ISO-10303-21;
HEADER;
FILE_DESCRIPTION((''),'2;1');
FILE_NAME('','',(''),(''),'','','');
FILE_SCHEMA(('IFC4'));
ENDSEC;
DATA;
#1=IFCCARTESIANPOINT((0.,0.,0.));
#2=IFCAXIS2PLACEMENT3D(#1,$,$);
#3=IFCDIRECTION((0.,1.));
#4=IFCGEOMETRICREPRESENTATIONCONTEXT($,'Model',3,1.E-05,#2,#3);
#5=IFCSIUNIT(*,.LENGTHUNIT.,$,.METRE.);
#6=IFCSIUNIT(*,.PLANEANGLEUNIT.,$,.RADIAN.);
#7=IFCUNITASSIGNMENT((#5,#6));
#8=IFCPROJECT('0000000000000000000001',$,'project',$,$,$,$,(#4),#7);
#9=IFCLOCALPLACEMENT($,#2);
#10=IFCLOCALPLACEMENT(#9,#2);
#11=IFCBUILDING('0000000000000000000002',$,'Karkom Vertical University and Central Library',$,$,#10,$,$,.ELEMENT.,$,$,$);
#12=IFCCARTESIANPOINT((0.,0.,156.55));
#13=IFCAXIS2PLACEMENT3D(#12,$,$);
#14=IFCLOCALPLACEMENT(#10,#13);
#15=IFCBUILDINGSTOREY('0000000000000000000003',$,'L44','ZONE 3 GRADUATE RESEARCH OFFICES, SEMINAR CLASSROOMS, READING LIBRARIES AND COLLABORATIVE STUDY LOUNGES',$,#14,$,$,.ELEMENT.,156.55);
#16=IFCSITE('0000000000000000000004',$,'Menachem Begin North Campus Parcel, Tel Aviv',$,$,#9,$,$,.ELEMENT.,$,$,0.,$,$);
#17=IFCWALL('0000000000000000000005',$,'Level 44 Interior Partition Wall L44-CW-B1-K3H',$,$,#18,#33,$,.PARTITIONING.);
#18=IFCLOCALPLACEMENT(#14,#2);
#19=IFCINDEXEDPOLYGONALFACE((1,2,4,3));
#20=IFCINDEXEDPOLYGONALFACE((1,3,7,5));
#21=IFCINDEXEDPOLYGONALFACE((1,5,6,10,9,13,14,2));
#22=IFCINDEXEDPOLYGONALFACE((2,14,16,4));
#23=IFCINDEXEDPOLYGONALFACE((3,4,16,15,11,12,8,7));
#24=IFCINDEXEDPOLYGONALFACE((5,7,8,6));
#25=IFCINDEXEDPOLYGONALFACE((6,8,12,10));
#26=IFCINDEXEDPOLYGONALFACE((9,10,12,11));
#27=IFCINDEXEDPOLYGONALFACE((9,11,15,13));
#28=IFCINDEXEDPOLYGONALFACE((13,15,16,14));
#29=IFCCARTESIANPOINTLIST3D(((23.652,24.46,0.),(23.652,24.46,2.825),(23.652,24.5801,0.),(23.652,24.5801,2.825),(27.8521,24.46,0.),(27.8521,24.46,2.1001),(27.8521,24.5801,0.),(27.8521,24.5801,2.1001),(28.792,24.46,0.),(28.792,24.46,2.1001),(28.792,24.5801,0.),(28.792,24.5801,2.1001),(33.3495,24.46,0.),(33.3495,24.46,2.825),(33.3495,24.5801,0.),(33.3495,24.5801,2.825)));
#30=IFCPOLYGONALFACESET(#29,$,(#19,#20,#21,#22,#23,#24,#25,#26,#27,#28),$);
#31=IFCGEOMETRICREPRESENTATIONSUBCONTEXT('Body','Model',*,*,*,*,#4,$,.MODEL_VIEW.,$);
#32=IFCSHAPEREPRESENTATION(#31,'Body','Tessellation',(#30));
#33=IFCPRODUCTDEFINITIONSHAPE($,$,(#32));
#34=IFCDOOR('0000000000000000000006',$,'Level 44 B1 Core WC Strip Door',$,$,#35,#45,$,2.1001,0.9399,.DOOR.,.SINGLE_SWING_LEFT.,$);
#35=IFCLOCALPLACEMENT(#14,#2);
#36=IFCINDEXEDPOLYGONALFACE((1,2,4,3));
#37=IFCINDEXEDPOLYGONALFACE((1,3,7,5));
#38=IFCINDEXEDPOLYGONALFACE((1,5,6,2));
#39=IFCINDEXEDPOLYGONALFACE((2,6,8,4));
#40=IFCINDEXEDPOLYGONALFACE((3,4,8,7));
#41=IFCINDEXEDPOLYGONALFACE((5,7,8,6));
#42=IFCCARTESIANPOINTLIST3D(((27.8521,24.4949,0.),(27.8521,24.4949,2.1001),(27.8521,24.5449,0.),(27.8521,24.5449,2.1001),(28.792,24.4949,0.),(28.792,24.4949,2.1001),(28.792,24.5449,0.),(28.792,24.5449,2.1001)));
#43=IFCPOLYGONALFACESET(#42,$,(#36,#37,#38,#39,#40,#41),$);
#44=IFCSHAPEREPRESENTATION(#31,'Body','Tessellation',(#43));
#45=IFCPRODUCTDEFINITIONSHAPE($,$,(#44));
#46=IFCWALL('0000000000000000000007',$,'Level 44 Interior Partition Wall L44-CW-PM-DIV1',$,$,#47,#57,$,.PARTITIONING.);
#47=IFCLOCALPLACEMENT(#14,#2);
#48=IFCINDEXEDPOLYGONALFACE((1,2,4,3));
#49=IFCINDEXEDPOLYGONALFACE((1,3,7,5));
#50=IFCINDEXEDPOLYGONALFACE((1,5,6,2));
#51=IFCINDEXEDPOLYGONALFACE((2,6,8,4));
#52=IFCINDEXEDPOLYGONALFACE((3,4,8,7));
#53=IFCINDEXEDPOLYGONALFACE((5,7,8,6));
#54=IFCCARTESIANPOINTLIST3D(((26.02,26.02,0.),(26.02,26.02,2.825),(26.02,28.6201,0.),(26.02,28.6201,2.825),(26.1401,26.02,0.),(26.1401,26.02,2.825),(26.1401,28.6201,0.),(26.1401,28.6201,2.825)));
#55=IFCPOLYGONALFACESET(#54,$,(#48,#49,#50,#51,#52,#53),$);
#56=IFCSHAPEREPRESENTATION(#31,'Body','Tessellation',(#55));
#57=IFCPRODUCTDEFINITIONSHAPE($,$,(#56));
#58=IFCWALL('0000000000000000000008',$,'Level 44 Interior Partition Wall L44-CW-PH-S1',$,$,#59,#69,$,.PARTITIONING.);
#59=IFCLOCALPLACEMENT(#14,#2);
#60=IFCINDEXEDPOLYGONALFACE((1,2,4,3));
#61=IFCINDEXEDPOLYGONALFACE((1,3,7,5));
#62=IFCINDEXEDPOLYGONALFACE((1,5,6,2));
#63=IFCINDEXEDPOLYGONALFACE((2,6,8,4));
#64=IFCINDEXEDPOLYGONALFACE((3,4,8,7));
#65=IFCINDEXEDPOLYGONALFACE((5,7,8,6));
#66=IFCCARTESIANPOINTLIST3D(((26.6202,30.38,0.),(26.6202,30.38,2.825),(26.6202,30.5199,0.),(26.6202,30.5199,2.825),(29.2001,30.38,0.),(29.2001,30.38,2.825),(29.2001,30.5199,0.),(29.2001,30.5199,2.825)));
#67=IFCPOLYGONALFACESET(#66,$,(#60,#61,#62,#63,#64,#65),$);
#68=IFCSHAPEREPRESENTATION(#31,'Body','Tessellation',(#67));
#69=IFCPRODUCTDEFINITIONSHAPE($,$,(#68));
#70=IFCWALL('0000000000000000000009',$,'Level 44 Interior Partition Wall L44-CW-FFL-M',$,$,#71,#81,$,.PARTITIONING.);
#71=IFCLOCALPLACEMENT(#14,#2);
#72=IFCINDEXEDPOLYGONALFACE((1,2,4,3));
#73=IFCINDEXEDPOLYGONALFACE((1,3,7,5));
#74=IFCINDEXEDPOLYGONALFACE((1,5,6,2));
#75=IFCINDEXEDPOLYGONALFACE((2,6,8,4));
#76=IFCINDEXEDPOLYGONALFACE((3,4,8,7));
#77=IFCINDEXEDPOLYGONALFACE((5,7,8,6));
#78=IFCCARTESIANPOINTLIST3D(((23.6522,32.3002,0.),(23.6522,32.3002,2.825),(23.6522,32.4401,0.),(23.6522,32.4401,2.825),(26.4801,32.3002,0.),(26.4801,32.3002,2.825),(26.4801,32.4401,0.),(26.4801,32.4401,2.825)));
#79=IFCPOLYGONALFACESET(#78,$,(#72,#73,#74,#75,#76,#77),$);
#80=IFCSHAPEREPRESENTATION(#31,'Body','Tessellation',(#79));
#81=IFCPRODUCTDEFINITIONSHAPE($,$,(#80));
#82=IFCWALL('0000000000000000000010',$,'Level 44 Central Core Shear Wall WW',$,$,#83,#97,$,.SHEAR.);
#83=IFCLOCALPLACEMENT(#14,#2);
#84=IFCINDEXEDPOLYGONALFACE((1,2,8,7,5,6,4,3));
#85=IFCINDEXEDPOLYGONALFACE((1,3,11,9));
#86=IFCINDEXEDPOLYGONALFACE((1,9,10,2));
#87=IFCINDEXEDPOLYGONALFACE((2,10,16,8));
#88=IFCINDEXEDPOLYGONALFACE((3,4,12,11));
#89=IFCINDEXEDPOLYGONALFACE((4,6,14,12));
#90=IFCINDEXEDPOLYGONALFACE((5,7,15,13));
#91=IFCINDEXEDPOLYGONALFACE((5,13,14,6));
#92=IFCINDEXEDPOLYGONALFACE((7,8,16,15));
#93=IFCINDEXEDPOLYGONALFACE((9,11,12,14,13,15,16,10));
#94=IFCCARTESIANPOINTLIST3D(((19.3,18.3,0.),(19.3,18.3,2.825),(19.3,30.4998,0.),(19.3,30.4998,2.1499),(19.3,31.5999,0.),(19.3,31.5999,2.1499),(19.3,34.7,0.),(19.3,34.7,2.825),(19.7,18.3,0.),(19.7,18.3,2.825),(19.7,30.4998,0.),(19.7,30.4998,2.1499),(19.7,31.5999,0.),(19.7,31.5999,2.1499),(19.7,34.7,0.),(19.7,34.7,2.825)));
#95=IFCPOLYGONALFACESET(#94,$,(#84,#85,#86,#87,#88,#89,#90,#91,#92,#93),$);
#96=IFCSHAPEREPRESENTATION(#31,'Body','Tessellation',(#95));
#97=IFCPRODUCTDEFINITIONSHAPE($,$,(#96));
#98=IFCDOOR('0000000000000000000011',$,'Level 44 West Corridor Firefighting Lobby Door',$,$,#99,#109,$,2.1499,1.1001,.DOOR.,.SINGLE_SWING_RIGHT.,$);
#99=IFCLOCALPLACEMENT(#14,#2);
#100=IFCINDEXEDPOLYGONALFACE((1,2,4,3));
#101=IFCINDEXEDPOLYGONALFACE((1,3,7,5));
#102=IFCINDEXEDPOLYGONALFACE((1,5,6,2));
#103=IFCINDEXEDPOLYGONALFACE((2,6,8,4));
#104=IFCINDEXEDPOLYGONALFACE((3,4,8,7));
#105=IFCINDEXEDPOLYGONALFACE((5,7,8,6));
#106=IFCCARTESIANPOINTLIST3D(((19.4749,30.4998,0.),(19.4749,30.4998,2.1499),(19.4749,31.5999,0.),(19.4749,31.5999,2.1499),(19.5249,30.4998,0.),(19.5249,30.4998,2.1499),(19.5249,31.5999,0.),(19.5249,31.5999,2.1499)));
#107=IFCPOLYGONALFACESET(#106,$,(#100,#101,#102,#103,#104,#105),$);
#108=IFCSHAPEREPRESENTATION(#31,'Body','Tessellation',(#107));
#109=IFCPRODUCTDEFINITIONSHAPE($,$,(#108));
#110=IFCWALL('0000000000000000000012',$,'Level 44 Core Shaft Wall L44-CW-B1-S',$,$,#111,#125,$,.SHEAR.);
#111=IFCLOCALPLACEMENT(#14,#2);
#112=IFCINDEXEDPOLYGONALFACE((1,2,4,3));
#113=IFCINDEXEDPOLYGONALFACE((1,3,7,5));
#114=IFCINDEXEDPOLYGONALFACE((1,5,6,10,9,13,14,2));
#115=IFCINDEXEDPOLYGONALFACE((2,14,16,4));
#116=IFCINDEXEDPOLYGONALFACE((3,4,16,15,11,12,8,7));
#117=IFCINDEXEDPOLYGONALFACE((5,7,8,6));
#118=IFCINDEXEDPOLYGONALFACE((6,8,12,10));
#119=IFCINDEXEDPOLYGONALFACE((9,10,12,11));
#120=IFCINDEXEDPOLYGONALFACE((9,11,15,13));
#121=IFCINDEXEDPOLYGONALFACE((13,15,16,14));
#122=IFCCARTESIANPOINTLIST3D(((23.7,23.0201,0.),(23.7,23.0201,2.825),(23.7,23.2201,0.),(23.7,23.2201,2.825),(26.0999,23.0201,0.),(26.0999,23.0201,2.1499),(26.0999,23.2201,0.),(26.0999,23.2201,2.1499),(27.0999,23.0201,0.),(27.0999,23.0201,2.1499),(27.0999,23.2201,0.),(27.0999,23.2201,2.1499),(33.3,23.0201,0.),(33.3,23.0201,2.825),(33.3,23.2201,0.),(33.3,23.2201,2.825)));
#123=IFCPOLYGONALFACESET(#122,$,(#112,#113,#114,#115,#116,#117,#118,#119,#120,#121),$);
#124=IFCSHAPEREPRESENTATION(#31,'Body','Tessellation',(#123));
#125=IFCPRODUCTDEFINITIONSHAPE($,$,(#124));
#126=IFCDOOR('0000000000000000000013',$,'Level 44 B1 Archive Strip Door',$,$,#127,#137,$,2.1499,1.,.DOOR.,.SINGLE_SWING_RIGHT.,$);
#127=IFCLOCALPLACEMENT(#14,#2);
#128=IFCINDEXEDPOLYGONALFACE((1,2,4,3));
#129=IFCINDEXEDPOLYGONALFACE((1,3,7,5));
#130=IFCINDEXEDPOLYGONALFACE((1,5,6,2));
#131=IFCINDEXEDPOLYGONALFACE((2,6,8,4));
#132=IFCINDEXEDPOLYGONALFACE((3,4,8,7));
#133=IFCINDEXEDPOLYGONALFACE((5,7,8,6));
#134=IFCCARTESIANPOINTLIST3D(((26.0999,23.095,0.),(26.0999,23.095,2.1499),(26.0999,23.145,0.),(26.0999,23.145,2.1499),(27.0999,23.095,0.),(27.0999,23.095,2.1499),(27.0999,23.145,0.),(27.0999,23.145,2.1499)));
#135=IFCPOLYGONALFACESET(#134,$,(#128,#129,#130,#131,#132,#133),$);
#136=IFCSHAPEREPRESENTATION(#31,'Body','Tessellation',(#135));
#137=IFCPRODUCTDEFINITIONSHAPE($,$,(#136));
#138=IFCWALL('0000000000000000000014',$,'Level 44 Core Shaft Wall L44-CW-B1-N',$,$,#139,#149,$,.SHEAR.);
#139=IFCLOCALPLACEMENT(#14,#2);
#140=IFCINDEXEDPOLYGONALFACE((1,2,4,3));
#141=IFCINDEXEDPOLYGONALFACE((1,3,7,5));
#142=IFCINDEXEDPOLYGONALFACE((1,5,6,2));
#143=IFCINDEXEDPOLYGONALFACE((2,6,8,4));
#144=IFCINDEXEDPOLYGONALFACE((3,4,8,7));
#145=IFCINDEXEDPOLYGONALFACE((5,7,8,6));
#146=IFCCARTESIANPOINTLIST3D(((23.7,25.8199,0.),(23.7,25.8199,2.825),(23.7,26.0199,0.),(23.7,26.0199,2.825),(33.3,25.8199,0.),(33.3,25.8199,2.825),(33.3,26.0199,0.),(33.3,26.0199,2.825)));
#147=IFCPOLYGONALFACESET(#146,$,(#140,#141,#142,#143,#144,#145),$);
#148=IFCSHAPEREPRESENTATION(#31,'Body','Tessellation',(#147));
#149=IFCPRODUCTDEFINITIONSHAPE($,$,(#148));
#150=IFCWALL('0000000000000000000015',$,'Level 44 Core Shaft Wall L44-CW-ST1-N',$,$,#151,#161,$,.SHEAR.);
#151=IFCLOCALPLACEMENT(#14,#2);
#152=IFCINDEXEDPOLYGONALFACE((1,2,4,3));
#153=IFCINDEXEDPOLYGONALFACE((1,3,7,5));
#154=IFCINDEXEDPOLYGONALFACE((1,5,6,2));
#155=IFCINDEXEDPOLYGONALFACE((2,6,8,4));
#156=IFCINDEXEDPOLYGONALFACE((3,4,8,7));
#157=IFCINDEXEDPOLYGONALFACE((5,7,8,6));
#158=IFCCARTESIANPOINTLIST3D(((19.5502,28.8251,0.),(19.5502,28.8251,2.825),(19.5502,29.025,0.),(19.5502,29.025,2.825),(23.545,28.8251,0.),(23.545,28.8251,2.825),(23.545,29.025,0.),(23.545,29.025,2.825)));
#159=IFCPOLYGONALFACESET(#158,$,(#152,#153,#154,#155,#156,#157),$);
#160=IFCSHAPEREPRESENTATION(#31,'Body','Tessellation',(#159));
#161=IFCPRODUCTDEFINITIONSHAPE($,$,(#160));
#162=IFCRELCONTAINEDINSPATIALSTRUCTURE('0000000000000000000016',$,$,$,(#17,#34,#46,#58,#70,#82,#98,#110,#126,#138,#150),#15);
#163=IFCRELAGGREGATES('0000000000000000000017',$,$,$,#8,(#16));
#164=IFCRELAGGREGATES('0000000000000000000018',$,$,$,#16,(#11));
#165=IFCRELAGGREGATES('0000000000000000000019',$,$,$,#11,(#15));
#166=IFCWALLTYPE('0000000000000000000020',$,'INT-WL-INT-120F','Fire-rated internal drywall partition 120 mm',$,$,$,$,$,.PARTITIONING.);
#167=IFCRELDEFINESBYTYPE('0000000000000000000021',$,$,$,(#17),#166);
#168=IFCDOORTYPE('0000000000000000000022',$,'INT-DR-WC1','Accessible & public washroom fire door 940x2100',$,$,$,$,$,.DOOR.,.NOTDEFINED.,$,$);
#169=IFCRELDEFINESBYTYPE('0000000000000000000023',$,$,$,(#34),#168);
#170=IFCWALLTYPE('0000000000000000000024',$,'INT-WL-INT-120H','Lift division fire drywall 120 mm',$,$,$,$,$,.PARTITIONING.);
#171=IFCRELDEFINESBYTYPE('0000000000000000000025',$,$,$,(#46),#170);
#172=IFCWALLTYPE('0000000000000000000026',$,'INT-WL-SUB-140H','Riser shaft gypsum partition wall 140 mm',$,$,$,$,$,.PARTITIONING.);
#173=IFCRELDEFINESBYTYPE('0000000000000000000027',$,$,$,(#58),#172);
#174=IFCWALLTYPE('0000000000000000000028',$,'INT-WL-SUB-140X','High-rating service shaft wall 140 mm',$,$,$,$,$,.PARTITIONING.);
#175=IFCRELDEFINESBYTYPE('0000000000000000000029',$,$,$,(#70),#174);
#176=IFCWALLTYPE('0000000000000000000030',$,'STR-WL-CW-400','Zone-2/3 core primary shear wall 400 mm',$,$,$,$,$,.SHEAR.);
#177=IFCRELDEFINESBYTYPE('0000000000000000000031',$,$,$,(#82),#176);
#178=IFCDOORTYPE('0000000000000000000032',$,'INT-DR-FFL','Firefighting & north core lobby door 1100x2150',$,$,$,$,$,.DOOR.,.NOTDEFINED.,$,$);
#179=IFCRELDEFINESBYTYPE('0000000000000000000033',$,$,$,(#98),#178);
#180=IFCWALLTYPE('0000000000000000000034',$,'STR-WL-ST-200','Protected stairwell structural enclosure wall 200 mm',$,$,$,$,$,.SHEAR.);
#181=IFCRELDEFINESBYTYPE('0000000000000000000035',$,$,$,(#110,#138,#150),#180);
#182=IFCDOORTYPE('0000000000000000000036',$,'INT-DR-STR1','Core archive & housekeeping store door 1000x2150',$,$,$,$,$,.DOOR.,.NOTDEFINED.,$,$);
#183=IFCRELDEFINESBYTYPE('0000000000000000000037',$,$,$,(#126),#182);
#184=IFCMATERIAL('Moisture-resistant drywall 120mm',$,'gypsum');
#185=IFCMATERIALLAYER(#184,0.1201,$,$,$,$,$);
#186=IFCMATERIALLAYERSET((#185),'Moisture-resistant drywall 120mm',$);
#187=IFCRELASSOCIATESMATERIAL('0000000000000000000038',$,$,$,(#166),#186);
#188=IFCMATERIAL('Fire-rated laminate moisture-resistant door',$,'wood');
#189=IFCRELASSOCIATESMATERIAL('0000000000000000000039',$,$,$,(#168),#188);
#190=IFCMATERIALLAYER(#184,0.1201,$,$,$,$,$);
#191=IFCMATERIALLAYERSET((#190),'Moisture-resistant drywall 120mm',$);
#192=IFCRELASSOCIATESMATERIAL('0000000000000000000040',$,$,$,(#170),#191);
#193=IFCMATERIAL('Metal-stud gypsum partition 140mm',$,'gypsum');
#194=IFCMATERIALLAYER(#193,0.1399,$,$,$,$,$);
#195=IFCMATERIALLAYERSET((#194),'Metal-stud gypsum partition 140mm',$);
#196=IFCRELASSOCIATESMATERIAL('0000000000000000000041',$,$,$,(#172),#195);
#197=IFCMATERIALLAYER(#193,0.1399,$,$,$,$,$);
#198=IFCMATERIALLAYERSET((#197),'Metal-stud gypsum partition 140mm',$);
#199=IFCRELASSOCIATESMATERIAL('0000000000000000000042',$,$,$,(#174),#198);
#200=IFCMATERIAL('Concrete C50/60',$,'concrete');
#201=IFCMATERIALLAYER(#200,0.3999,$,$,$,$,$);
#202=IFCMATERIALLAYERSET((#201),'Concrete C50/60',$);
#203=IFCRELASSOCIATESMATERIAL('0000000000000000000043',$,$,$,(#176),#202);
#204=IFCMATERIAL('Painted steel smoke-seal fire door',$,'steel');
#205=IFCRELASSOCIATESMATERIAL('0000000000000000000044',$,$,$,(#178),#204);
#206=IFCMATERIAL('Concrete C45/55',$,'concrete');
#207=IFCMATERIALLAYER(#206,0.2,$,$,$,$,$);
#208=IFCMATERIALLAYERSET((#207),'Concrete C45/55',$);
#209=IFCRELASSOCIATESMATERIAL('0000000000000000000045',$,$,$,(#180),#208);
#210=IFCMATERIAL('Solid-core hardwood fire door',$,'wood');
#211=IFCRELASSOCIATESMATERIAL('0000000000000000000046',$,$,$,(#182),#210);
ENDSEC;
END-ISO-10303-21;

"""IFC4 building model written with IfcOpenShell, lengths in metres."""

from ifc_helpers import new_model, si_unit, direction, frame, frame_2d, origin, origin_with_axes, place, context, subcontext, project, spatial, rectangle, extrude, source, transform, mapped, material, layer, layer_set, type_object, element, fill, save


model = new_model("IFC4")

# Units and contexts
model_context = context("Model", 3, precision=1e-05, world=origin(), true_north=direction((0.0, 1.0)))
body_context = subcontext(model_context, "Body", "Model", "MODEL_VIEW")
ifc_project = project(units=[si_unit("LENGTHUNIT", "METRE"), si_unit("PLANEANGLEUNIT", "RADIAN")], contexts=[model_context])

# Site, building, storey
site_placement = place(None, origin())
site = spatial("IfcSite", under=ifc_project, at=site_placement, Name="Menachem Begin North Campus Parcel, Tel Aviv", CompositionType="ELEMENT", RefElevation=0.0)
building_placement = place(site_placement, origin())
building = spatial("IfcBuilding", under=site, at=building_placement, Name="Karkom Vertical University and Central Library", CompositionType="ELEMENT")
storey_placement = place(building_placement, frame((0.0, 0.0, 156.55)))
storey = spatial("IfcBuildingStorey", under=building, at=storey_placement, Name="L44", Description="ZONE 3 GRADUATE RESEARCH OFFICES, SEMINAR CLASSROOMS, READING LIBRARIES AND COLLABORATIVE STUDY LOUNGES", CompositionType="ELEMENT", Elevation=156.55)

# Shared definitions
ifc_material_1 = material(Name="Concrete C50/60", Category="concrete")

# Wall, opening, door
ifc_material_2 = material(Name="Moisture-resistant drywall 120mm", Category="gypsum")
ifc_layer_1 = layer(ifc_material_2, 0.1201)
ifc_layer_set_1 = layer_set([ifc_layer_1], Name="Moisture-resistant drywall 120mm")
wall_type_1 = type_object("IfcWallType", Name="INT-WL-INT-120F", Description="Fire-rated internal drywall partition 120 mm", PredefinedType="PARTITIONING", material=ifc_layer_set_1)
wall_1_placement = place(storey_placement, frame((23.6521, 24.52, 0.0), z_axis=(0.0, 0.0, 1.0), x_axis=(1.0, 0.0, 0.0)))
wall_1 = element("IfcWall", 1, at=wall_1_placement, inside=storey, type_object=wall_type_1, Name="Level 44 Interior Partition Wall L44-CW-B1-K3H", PredefinedType="PARTITIONING", context=body_context, shape_type="SweptSolid", body=[
    extrude(rectangle(XDim=9.6975, YDim=0.1201, at=frame_2d((4.8486, 0.0))), origin(), (0.0, 0.0, 1.0), 2.825),
])
opening_1_placement = place(wall_1_placement, frame((4.2, 0.0, 0.0)))
opening_1 = element("IfcOpeningElement", 2, at=opening_1_placement, cuts=wall_1, PredefinedType="OPENING", context=body_context, shape_type="SweptSolid", body=[
    extrude(rectangle(XDim=0.9399, YDim=2.1001, at=frame_2d((0.47, 1.05))), frame((0.0, 0.0701, 0.0), z_axis=(0.0, -1.0, 0.0), x_axis=(1.0, 0.0, 0.0)), (0.0, 0.0, 1.0), 0.1401),
])
ifc_material_3 = material(Name="Fire-rated laminate moisture-resistant door", Category="wood")
door_type_1 = type_object("IfcDoorType", Name="INT-DR-WC1", Description="Accessible & public washroom fire door 940x2100", OperationType="NOTDEFINED", PredefinedType="DOOR", material=ifc_material_3)
shared_shape_1 = source(origin_with_axes(), body_context, "Body", "SweptSolid", [
    extrude(rectangle(XDim=0.9399, YDim=2.1001, at=frame_2d((0.47, 1.05))), frame((0.0, 0.0249, 0.0), z_axis=(0.0, -1.0, 0.0), x_axis=(1.0, 0.0, 0.0)), (0.0, 0.0, 1.0), 0.05),
])
door_1_placement = place(opening_1_placement, origin())
door_1 = element("IfcDoor", 3, at=door_1_placement, inside=storey, type_object=door_type_1, Name="Level 44 B1 Core WC Strip Door", OperationType="SINGLE_SWING_LEFT", OverallHeight=2.1001, OverallWidth=0.9399, PredefinedType="DOOR", context=body_context, shape_type="MappedRepresentation", body=[
    mapped(shared_shape_1, transform((0.0, 0.0, 0.0), scale=1.0)),
])
fill(opening_1, door_1)

# Walls
ifc_layer_2 = layer(ifc_material_2, 0.1201)
ifc_layer_set_2 = layer_set([ifc_layer_2], Name="Moisture-resistant drywall 120mm")
wall_type_2 = type_object("IfcWallType", Name="INT-WL-INT-120H", Description="Lift division fire drywall 120 mm", PredefinedType="PARTITIONING", material=ifc_layer_set_2)
wall_2_placement = place(storey_placement, frame((26.0801, 26.02, 0.0), z_axis=(0.0, 0.0, 1.0), x_axis=(0.0, 1.0, 0.0)))
element("IfcWall", 4, at=wall_2_placement, inside=storey, type_object=wall_type_2, Name="Level 44 Interior Partition Wall L44-CW-PM-DIV1", PredefinedType="PARTITIONING", context=body_context, shape_type="SweptSolid", body=[
    extrude(rectangle(XDim=2.6001, YDim=0.1201, at=frame_2d((1.3, 0.0))), origin(), (0.0, 0.0, 1.0), 2.825),
])
ifc_material_4 = material(Name="Metal-stud gypsum partition 140mm", Category="gypsum")
ifc_layer_3 = layer(ifc_material_4, 0.1399)
ifc_layer_set_3 = layer_set([ifc_layer_3], Name="Metal-stud gypsum partition 140mm")
wall_type_3 = type_object("IfcWallType", Name="INT-WL-SUB-140H", Description="Riser shaft gypsum partition wall 140 mm", PredefinedType="PARTITIONING", material=ifc_layer_set_3)
wall_3_placement = place(storey_placement, frame((26.6201, 30.45, 0.0), z_axis=(0.0, 0.0, 1.0), x_axis=(1.0, 0.0, 0.0)))
element("IfcWall", 5, at=wall_3_placement, inside=storey, type_object=wall_type_3, Name="Level 44 Interior Partition Wall L44-CW-PH-S1", PredefinedType="PARTITIONING", context=body_context, shape_type="SweptSolid", body=[
    extrude(rectangle(XDim=2.5798, YDim=0.1399, at=frame_2d((1.29, 0.0))), origin(), (0.0, 0.0, 1.0), 2.825),
])
ifc_layer_4 = layer(ifc_material_4, 0.1399)
ifc_layer_set_4 = layer_set([ifc_layer_4], Name="Metal-stud gypsum partition 140mm")
wall_type_4 = type_object("IfcWallType", Name="INT-WL-SUB-140X", Description="High-rating service shaft wall 140 mm", PredefinedType="PARTITIONING", material=ifc_layer_set_4)
wall_4_placement = place(storey_placement, frame((23.6521, 32.3701, 0.0), z_axis=(0.0, 0.0, 1.0), x_axis=(1.0, 0.0, 0.0)))
element("IfcWall", 6, at=wall_4_placement, inside=storey, type_object=wall_type_4, Name="Level 44 Interior Partition Wall L44-CW-FFL-M", PredefinedType="PARTITIONING", context=body_context, shape_type="SweptSolid", body=[
    extrude(rectangle(XDim=2.8279, YDim=0.1399, at=frame_2d((1.4141, 0.0))), origin(), (0.0, 0.0, 1.0), 2.825),
])

# Walls, openings, doors
ifc_layer_5 = layer(ifc_material_1, 0.3999)
ifc_layer_set_5 = layer_set([ifc_layer_5], Name="Concrete C50/60")
wall_type_5 = type_object("IfcWallType", Name="STR-WL-CW-400", Description="Zone-2/3 core primary shear wall 400 mm", PredefinedType="SHEAR", material=ifc_layer_set_5)
wall_5_placement = place(storey_placement, frame((19.5, 34.7, 0.0), z_axis=(0.0, 0.0, 1.0), x_axis=(0.0, -1.0, 0.0)))
wall_5 = element("IfcWall", 7, at=wall_5_placement, inside=storey, type_object=wall_type_5, Name="Level 44 Central Core Shear Wall WW", PredefinedType="SHEAR", context=body_context, shape_type="SweptSolid", body=[
    extrude(rectangle(XDim=16.3999, YDim=0.3999, at=frame_2d((8.2, 0.0))), origin(), (0.0, 0.0, 1.0), 2.825),
])
opening_2_placement = place(wall_5_placement, frame((3.1001, 0.0, 0.0)))
opening_2 = element("IfcOpeningElement", 8, at=opening_2_placement, cuts=wall_5, PredefinedType="OPENING", context=body_context, shape_type="SweptSolid", body=[
    extrude(rectangle(XDim=1.1001, YDim=2.1499, at=frame_2d((0.55, 1.075))), frame((0.0, 0.21, 0.0), z_axis=(0.0, -1.0, 0.0), x_axis=(1.0, 0.0, 0.0)), (0.0, 0.0, 1.0), 0.4199),
])
ifc_material_5 = material(Name="Painted steel smoke-seal fire door", Category="steel")
door_type_2 = type_object("IfcDoorType", Name="INT-DR-FFL", Description="Firefighting & north core lobby door 1100x2150", OperationType="NOTDEFINED", PredefinedType="DOOR", material=ifc_material_5)
shared_shape_2 = source(origin_with_axes(), body_context, "Body", "SweptSolid", [
    extrude(rectangle(XDim=1.1001, YDim=2.1499, at=frame_2d((0.55, 1.075))), frame((0.0, 0.0249, 0.0), z_axis=(0.0, -1.0, 0.0), x_axis=(1.0, 0.0, 0.0)), (0.0, 0.0, 1.0), 0.05),
])
door_2_placement = place(opening_2_placement, origin())
door_2 = element("IfcDoor", 9, at=door_2_placement, inside=storey, type_object=door_type_2, Name="Level 44 West Corridor Firefighting Lobby Door", OperationType="SINGLE_SWING_RIGHT", OverallHeight=2.1499, OverallWidth=1.1001, PredefinedType="DOOR", context=body_context, shape_type="MappedRepresentation", body=[
    mapped(shared_shape_2, transform((0.0, 0.0, 0.0), scale=1.0)),
])
fill(opening_2, door_2)
ifc_material_6 = material(Name="Concrete C45/55", Category="concrete")
ifc_layer_6 = layer(ifc_material_6, 0.2)
ifc_layer_set_6 = layer_set([ifc_layer_6], Name="Concrete C45/55")
wall_type_6 = type_object("IfcWallType", Name="STR-WL-ST-200", Description="Protected stairwell structural enclosure wall 200 mm", PredefinedType="SHEAR", material=ifc_layer_set_6)
wall_6_placement = place(storey_placement, frame((23.7, 23.1201, 0.0), z_axis=(0.0, 0.0, 1.0), x_axis=(1.0, 0.0, 0.0)))
wall_6 = element("IfcWall", 10, at=wall_6_placement, inside=storey, type_object=wall_type_6, Name="Level 44 Core Shaft Wall L44-CW-B1-S", PredefinedType="SHEAR", context=body_context, shape_type="SweptSolid", body=[
    extrude(rectangle(XDim=9.6001, YDim=0.2, at=frame_2d((4.8, 0.0))), origin(), (0.0, 0.0, 1.0), 2.825),
])
opening_3_placement = place(wall_6_placement, frame((2.3999, 0.0, 0.0)))
opening_3 = element("IfcOpeningElement", 11, at=opening_3_placement, cuts=wall_6, PredefinedType="OPENING", context=body_context, shape_type="SweptSolid", body=[
    extrude(rectangle(XDim=1.0, YDim=2.1499, at=frame_2d((0.5, 1.075))), frame((0.0, 0.1099, 0.0), z_axis=(0.0, -1.0, 0.0), x_axis=(1.0, 0.0, 0.0)), (0.0, 0.0, 1.0), 0.22),
])
ifc_material_7 = material(Name="Solid-core hardwood fire door", Category="wood")
door_type_3 = type_object("IfcDoorType", Name="INT-DR-STR1", Description="Core archive & housekeeping store door 1000x2150", OperationType="NOTDEFINED", PredefinedType="DOOR", material=ifc_material_7)
shared_shape_3 = source(origin_with_axes(), body_context, "Body", "SweptSolid", [
    extrude(rectangle(XDim=1.0, YDim=2.1499, at=frame_2d((0.5, 1.075))), frame((0.0, 0.0249, 0.0), z_axis=(0.0, -1.0, 0.0), x_axis=(1.0, 0.0, 0.0)), (0.0, 0.0, 1.0), 0.05),
])
door_3_placement = place(opening_3_placement, origin())
door_3 = element("IfcDoor", 12, at=door_3_placement, inside=storey, type_object=door_type_3, Name="Level 44 B1 Archive Strip Door", OperationType="SINGLE_SWING_RIGHT", OverallHeight=2.1499, OverallWidth=1.0, PredefinedType="DOOR", context=body_context, shape_type="MappedRepresentation", body=[
    mapped(shared_shape_3, transform((0.0, 0.0, 0.0), scale=1.0)),
])
fill(opening_3, door_3)

# Wall
wall_7_placement = place(storey_placement, frame((23.7, 25.9199, 0.0), z_axis=(0.0, 0.0, 1.0), x_axis=(1.0, 0.0, 0.0)))
element("IfcWall", 13, at=wall_7_placement, inside=storey, type_object=wall_type_6, Name="Level 44 Core Shaft Wall L44-CW-B1-N", PredefinedType="SHEAR", context=body_context, shape_type="SweptSolid", body=[
    extrude(rectangle(XDim=9.6001, YDim=0.2, at=frame_2d((4.8, 0.0))), origin(), (0.0, 0.0, 1.0), 2.825),
])

# Wall
wall_8_placement = place(storey_placement, frame((19.55, 28.925, 0.0), z_axis=(0.0, 0.0, 1.0), x_axis=(1.0, 0.0, 0.0)))
element("IfcWall", 14, at=wall_8_placement, inside=storey, type_object=wall_type_6, Name="Level 44 Core Shaft Wall L44-CW-ST1-N", PredefinedType="SHEAR", context=body_context, shape_type="SweptSolid", body=[
    extrude(rectangle(XDim=3.9949, YDim=0.2, at=frame_2d((1.9976, 0.0))), origin(), (0.0, 0.0, 1.0), 2.825),
])

save(model, "model.ifc")
